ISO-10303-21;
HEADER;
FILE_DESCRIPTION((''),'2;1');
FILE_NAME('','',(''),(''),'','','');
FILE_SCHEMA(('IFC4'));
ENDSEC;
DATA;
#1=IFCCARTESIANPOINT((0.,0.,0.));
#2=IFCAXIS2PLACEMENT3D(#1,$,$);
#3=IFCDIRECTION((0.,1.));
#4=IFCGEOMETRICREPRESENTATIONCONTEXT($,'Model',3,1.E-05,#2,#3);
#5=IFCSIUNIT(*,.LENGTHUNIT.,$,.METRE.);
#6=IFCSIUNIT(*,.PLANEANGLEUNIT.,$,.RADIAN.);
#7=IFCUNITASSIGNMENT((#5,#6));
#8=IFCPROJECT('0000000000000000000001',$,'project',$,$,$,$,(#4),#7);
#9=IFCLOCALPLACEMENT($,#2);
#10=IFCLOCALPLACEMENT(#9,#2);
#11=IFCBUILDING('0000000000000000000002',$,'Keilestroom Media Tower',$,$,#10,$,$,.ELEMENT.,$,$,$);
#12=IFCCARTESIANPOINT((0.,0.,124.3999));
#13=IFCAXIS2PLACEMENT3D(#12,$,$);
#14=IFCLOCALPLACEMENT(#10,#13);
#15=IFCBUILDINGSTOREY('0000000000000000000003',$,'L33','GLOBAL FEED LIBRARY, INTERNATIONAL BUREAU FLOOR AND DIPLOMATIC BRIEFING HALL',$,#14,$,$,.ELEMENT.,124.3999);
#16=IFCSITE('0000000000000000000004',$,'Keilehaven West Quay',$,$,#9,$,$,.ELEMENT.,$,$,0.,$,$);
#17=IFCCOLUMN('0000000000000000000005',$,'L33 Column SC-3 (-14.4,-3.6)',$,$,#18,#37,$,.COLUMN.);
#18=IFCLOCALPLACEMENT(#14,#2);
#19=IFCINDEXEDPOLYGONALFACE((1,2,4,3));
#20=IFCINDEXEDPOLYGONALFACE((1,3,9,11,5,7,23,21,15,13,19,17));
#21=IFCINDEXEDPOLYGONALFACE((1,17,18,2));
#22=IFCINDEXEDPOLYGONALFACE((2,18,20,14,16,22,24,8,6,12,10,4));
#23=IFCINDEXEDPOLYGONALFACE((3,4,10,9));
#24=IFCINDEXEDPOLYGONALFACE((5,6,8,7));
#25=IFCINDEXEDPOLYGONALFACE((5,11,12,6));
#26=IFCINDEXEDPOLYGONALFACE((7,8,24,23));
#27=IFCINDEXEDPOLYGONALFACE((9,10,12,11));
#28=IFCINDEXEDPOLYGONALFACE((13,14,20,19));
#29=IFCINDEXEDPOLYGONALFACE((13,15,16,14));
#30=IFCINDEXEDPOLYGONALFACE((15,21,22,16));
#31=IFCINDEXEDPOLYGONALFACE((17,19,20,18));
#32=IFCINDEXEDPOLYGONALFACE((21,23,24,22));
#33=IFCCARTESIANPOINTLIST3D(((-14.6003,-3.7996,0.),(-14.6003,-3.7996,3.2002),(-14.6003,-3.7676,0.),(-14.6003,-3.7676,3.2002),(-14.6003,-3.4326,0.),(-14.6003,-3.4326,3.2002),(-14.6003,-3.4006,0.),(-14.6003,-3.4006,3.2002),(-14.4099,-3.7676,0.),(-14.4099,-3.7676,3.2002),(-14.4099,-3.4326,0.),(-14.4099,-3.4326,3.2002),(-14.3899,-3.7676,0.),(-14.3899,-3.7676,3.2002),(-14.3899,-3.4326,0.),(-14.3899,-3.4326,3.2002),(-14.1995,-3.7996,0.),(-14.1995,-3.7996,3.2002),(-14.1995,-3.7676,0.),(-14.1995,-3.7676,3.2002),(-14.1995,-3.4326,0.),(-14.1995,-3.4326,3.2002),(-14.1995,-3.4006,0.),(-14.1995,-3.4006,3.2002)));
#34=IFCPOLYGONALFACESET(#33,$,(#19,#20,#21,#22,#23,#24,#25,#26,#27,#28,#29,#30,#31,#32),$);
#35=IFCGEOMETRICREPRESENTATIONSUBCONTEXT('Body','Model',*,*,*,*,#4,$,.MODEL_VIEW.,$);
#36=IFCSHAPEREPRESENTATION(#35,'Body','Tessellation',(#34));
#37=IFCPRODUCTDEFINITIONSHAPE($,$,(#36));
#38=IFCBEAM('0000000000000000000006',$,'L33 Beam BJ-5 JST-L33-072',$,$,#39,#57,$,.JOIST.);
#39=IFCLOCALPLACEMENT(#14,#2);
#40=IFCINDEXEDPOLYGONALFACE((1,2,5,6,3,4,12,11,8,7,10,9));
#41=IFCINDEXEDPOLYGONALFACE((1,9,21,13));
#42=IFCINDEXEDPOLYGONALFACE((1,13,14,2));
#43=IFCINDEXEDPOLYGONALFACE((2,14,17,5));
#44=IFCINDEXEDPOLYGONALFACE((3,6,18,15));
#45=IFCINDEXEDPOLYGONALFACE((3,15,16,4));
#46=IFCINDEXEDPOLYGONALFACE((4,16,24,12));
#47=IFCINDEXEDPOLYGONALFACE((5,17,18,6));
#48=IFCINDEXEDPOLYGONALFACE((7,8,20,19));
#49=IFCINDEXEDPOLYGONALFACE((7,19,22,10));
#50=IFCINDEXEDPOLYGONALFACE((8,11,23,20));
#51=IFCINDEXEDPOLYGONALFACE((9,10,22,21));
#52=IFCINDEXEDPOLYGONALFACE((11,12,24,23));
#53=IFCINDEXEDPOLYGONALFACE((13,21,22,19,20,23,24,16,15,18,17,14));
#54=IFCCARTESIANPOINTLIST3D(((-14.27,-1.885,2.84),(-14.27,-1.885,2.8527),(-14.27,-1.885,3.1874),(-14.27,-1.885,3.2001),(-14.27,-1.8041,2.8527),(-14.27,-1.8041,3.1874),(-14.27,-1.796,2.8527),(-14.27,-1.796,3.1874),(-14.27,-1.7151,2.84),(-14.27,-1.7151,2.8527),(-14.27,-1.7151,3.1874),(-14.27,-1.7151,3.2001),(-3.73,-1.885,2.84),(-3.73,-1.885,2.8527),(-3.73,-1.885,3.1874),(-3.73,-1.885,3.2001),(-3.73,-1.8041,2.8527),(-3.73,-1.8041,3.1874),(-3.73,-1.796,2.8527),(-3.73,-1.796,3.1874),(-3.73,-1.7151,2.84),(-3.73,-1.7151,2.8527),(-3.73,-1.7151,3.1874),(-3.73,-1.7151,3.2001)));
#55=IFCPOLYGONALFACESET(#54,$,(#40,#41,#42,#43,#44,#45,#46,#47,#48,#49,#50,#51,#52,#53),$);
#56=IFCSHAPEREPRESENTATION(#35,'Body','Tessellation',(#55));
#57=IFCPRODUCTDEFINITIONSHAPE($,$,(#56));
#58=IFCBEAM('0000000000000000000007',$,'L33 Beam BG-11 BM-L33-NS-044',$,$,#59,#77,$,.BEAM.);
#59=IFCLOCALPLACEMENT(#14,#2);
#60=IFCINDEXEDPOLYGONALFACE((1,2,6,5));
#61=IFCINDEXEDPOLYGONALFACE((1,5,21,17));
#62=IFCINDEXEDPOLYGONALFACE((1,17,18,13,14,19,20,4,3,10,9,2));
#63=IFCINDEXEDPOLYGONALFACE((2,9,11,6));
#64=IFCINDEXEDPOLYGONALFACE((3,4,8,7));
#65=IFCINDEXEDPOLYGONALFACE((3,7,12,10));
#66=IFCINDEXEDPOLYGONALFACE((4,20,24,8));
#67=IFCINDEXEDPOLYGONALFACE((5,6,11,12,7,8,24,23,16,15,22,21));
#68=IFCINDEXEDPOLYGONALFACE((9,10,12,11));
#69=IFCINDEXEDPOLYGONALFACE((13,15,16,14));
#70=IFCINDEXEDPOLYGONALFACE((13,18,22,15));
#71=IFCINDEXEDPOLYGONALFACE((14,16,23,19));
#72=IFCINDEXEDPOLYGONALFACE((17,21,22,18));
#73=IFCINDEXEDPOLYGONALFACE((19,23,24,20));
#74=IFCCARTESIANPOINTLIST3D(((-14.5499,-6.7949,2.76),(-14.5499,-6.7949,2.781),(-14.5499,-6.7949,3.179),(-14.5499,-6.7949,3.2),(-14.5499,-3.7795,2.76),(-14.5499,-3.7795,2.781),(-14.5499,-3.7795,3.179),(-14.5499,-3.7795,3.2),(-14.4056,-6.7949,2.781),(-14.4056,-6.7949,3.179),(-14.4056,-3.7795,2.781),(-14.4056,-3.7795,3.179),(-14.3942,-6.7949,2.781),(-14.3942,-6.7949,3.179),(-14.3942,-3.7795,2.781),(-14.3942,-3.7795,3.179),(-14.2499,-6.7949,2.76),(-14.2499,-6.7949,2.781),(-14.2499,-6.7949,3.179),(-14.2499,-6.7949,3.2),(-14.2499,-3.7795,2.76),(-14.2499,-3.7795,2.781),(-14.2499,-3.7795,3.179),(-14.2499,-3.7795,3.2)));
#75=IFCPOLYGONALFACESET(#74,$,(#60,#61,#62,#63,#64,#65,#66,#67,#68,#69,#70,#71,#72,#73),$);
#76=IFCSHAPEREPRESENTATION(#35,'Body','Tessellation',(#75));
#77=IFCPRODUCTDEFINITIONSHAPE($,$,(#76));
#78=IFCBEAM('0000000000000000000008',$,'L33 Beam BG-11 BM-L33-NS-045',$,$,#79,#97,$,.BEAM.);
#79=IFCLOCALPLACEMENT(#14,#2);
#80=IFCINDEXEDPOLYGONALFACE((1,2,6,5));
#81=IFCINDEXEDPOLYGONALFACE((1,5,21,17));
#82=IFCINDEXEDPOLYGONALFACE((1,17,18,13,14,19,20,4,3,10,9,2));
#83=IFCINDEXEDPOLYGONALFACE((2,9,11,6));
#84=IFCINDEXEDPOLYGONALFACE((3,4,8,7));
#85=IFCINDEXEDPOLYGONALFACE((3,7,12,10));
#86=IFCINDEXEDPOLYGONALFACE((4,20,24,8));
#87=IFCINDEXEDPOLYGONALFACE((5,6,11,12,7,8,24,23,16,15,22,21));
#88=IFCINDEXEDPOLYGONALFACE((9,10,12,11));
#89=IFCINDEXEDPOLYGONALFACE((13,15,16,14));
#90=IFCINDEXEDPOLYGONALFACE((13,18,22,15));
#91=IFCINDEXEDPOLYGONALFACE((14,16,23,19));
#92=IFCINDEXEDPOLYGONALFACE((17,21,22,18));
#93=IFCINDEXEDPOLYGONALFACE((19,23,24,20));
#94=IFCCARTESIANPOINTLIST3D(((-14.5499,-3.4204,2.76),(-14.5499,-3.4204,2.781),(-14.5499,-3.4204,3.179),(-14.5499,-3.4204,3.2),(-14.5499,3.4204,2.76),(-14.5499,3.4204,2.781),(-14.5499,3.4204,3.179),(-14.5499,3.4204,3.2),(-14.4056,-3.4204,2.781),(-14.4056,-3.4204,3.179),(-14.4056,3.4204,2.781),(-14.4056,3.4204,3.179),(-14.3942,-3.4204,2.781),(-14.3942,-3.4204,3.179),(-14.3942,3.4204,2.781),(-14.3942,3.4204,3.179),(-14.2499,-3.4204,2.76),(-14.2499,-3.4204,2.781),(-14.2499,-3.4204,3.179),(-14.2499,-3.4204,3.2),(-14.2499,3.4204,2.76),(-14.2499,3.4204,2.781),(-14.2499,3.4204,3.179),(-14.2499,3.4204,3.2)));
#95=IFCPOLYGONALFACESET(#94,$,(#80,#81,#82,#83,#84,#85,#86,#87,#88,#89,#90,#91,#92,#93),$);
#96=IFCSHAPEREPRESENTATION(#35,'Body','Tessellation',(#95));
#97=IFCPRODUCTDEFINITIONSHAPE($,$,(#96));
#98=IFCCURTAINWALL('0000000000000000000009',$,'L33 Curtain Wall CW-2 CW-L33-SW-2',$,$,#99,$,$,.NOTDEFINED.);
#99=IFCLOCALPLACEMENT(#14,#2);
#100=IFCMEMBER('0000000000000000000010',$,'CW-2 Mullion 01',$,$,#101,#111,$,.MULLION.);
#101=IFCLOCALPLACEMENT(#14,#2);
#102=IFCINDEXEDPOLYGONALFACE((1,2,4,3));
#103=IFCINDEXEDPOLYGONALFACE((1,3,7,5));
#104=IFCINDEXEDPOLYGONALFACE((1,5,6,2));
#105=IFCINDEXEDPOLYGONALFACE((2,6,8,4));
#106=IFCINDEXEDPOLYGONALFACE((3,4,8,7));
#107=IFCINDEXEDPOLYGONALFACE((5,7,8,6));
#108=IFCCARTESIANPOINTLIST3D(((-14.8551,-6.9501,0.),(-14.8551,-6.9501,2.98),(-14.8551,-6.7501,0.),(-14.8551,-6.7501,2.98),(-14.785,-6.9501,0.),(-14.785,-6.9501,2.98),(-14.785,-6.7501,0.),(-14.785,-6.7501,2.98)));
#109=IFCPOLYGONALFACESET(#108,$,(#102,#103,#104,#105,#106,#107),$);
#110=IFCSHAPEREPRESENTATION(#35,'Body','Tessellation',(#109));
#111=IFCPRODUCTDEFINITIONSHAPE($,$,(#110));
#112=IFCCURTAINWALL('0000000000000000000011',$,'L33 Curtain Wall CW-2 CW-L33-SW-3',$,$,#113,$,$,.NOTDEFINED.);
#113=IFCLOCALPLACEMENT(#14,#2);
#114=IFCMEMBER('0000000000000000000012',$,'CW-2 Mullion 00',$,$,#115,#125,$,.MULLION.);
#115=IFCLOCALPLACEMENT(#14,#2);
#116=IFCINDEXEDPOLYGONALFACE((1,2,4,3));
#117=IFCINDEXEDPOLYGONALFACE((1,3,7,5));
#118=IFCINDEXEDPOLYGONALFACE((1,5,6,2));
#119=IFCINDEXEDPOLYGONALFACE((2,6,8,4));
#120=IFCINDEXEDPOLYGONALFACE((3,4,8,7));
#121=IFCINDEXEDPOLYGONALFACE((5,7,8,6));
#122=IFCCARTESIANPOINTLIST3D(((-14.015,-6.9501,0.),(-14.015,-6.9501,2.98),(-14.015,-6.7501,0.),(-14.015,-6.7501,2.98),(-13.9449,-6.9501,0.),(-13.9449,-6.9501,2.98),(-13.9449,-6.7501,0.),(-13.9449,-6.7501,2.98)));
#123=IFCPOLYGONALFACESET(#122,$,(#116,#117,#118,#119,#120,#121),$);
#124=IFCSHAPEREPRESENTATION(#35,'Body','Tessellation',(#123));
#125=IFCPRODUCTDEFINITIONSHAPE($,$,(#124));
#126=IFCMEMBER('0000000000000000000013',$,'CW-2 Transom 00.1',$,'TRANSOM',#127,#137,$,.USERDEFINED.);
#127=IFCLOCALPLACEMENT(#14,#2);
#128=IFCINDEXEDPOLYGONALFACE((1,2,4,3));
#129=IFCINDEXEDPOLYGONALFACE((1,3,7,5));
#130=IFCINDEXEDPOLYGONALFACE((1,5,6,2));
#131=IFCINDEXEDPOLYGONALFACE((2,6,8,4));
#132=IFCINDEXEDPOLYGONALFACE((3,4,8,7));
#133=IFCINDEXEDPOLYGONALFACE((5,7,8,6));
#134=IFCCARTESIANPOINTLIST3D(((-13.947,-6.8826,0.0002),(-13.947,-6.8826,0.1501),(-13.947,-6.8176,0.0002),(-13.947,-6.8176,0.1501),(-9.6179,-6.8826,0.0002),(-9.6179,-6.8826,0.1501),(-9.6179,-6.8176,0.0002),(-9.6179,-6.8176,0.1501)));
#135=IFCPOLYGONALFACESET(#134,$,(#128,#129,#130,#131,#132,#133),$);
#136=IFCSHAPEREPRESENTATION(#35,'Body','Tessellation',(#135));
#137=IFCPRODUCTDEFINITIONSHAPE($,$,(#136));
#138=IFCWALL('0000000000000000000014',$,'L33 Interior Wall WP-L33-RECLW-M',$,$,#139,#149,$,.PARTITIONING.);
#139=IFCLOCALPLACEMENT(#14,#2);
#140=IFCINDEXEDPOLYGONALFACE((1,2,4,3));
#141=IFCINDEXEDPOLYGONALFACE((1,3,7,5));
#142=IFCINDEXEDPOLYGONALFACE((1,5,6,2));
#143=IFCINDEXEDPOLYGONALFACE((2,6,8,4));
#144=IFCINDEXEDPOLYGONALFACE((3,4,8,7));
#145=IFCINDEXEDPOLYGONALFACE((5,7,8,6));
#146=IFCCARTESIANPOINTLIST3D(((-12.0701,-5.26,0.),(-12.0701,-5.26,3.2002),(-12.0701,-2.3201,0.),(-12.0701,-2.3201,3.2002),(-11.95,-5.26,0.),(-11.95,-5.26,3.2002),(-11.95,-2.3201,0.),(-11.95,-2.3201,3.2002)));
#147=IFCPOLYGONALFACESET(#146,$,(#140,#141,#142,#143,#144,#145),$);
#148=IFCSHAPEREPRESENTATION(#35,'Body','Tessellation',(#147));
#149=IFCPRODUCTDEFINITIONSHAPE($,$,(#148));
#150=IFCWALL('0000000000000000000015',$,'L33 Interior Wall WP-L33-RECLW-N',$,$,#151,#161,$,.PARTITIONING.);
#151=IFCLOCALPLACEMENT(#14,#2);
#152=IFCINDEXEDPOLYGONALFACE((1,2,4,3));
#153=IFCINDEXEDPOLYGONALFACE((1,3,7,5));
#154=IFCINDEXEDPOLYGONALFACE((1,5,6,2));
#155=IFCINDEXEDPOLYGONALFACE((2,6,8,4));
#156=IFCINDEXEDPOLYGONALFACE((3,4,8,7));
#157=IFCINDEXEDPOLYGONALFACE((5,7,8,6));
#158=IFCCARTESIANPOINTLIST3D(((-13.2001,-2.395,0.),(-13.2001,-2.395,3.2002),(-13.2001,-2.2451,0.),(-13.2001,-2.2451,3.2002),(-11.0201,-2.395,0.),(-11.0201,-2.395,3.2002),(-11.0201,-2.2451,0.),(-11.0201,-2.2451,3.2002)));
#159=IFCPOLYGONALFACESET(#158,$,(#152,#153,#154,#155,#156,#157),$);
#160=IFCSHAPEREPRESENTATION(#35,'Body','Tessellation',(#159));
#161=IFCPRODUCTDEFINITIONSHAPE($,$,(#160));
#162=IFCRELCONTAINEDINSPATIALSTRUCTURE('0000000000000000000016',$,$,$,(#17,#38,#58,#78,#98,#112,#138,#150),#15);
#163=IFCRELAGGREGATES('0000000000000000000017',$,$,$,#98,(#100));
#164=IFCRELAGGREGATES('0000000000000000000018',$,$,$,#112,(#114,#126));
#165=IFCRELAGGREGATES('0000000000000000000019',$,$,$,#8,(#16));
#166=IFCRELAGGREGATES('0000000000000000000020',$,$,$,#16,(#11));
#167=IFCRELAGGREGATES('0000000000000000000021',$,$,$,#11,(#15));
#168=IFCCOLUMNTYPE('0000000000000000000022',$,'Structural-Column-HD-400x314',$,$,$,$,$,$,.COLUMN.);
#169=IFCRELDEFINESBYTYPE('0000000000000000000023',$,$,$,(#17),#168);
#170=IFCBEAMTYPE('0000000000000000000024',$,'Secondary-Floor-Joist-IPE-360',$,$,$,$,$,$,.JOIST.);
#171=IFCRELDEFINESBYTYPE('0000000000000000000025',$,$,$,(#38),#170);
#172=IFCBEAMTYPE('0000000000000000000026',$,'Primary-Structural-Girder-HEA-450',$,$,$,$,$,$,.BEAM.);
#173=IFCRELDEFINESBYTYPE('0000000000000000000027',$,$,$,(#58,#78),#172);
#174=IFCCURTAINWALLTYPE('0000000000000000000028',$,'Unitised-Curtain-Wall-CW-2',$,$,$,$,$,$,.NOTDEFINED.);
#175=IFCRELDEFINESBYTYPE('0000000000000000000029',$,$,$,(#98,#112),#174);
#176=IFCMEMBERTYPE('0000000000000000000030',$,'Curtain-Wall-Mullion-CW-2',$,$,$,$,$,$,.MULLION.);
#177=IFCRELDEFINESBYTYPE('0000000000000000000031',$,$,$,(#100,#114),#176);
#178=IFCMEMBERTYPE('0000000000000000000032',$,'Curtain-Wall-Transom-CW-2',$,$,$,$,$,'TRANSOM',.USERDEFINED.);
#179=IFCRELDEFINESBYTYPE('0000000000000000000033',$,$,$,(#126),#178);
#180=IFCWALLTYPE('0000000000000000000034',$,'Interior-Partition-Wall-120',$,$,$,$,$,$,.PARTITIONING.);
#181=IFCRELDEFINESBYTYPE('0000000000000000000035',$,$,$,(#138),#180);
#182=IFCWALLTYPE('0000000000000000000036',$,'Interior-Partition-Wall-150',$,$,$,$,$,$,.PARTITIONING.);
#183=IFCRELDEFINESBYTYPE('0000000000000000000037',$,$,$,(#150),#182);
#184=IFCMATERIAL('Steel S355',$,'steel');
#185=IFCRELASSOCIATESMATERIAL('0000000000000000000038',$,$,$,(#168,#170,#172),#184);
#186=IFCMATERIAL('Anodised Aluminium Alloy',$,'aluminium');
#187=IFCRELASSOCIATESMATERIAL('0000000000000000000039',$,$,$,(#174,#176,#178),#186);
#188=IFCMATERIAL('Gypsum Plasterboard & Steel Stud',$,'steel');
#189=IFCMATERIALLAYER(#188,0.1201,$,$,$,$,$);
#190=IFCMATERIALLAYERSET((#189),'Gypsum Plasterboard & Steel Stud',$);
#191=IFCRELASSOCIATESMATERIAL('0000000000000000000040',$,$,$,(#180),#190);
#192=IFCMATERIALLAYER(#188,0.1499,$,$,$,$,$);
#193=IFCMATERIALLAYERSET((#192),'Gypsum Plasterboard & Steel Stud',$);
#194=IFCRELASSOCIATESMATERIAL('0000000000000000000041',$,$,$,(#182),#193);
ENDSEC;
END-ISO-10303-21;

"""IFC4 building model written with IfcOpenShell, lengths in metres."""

from ifc_helpers import new_model, si_unit, direction, frame, frame_2d, origin, origin_2d, place, context, subcontext, project, spatial, rectangle, i_section, extrude, source, transform, mapped, material, layer, layer_set, material_profile, profile_set, type_object, element, aggregate, save


model = new_model("IFC4")

# Units and contexts
model_context = context("Model", 3, precision=1e-05, world=origin(), true_north=direction((0.0, 1.0)))
body_context = subcontext(model_context, "Body", "Model", "MODEL_VIEW")
ifc_project = project(units=[si_unit("LENGTHUNIT", "METRE"), si_unit("PLANEANGLEUNIT", "RADIAN")], contexts=[model_context])

# Site, building, storey
site_placement = place(None, origin())
site = spatial("IfcSite", under=ifc_project, at=site_placement, Name="Keilehaven West Quay", CompositionType="ELEMENT", RefElevation=0.0)
building_placement = place(site_placement, origin())
building = spatial("IfcBuilding", under=site, at=building_placement, Name="Keilestroom Media Tower", CompositionType="ELEMENT")
storey_placement = place(building_placement, frame((0.0, 0.0, 124.3999)))
storey = spatial("IfcBuildingStorey", under=building, at=storey_placement, Name="L33", Description="GLOBAL FEED LIBRARY, INTERNATIONAL BUREAU FLOOR AND DIPLOMATIC BRIEFING HALL", CompositionType="ELEMENT", Elevation=124.3999)

# Column
ifc_material_1 = material(Name="Steel S355", Category="steel")
ifc_material_profile_1 = material_profile(ifc_material_1, i_section(OverallWidth=0.4009, OverallDepth=0.3989, WebThickness=0.02, FlangeThickness=0.032, at=origin_2d()), Name="HD 400x314")
ifc_profile_set_1 = profile_set([ifc_material_profile_1], Name="Steel S355")
column_type = type_object("IfcColumnType", Name="Structural-Column-HD-400x314", PredefinedType="COLUMN", material=ifc_profile_set_1)
shared_shape_1 = source(origin(), body_context, "Body", "SweptSolid", [
    extrude(i_section(OverallWidth=0.4009, OverallDepth=0.3989, WebThickness=0.02, FlangeThickness=0.032, at=origin_2d()), origin(), (0.0, 0.0, 1.0), 3.2002),
])
column_placement = place(storey_placement, frame((-14.3999, -3.6001, 0.0), z_axis=(0.0, 0.0, 1.0), x_axis=(1.0, 0.0, 0.0)))
element("IfcColumn", 1, at=column_placement, inside=storey, type_object=column_type, Name="L33 Column SC-3 (-14.4,-3.6)", PredefinedType="COLUMN", context=body_context, shape_type="MappedRepresentation", body=[
    mapped(shared_shape_1, transform((0.0, 0.0, 0.0), x_axis=(1.0, 0.0, 0.0), y_axis=(0.0, 1.0, 0.0), z_axis=(0.0, 0.0, 1.0), scale=1.0)),
])

# Beams
ifc_material_profile_2 = material_profile(ifc_material_1, i_section(OverallWidth=0.1699, OverallDepth=0.3601, WebThickness=0.0081, FlangeThickness=0.0127, at=origin_2d()), Name="IPE 360")
ifc_profile_set_2 = profile_set([ifc_material_profile_2], Name="Steel S355")
beam_type_1 = type_object("IfcBeamType", Name="Secondary-Floor-Joist-IPE-360", PredefinedType="JOIST", material=ifc_profile_set_2)
shared_shape_2 = source(origin(), body_context, "Body", "SweptSolid", [
    extrude(i_section(OverallWidth=0.1699, OverallDepth=0.3601, WebThickness=0.0081, FlangeThickness=0.0127, at=origin_2d()), origin(), (0.0, 0.0, 1.0), 10.54),
])
beam_1_placement = place(storey_placement, frame((-14.27, -1.8, 3.02), z_axis=(1.0, 0.0, 0.0), x_axis=(0.0, 1.0, 0.0)))
element("IfcBeam", 2, at=beam_1_placement, inside=storey, type_object=beam_type_1, Name="L33 Beam BJ-5 JST-L33-072", PredefinedType="JOIST", context=body_context, shape_type="MappedRepresentation", body=[
    mapped(shared_shape_2, transform((0.0, 0.0, 0.0), x_axis=(1.0, 0.0, 0.0), y_axis=(0.0, 1.0, 0.0), z_axis=(0.0, 0.0, 1.0), scale=1.0)),
])
ifc_material_profile_3 = material_profile(ifc_material_1, i_section(OverallWidth=0.3, OverallDepth=0.4399, WebThickness=0.0115, FlangeThickness=0.021, at=origin_2d()), Name="HEA 450")
ifc_profile_set_3 = profile_set([ifc_material_profile_3], Name="Steel S355")
beam_type_2 = type_object("IfcBeamType", Name="Primary-Structural-Girder-HEA-450", PredefinedType="BEAM", material=ifc_profile_set_3)
shared_shape_3 = source(origin(), body_context, "Body", "SweptSolid", [
    extrude(i_section(OverallWidth=0.3, OverallDepth=0.4399, WebThickness=0.0115, FlangeThickness=0.021, at=origin_2d()), origin(), (0.0, 0.0, 1.0), 3.0154),
])
beam_2_placement = place(storey_placement, frame((-14.3999, -6.7949, 2.98), z_axis=(0.0, 1.0, 0.0), x_axis=(-1.0, 0.0, 0.0)))
element("IfcBeam", 3, at=beam_2_placement, inside=storey, type_object=beam_type_2, Name="L33 Beam BG-11 BM-L33-NS-044", PredefinedType="BEAM", context=body_context, shape_type="MappedRepresentation", body=[
    mapped(shared_shape_3, transform((0.0, 0.0, 0.0), x_axis=(1.0, 0.0, 0.0), y_axis=(0.0, 1.0, 0.0), z_axis=(0.0, 0.0, 1.0), scale=1.0)),
])
shared_shape_4 = source(origin(), body_context, "Body", "SweptSolid", [
    extrude(i_section(OverallWidth=0.3, OverallDepth=0.4399, WebThickness=0.0115, FlangeThickness=0.021, at=origin_2d()), origin(), (0.0, 0.0, 1.0), 6.8408),
])
beam_3_placement = place(storey_placement, frame((-14.3999, -3.4204, 2.98), z_axis=(0.0, 1.0, 0.0), x_axis=(-1.0, 0.0, 0.0)))
element("IfcBeam", 4, at=beam_3_placement, inside=storey, type_object=beam_type_2, Name="L33 Beam BG-11 BM-L33-NS-045", PredefinedType="BEAM", context=body_context, shape_type="MappedRepresentation", body=[
    mapped(shared_shape_4, transform((0.0, 0.0, 0.0), x_axis=(1.0, 0.0, 0.0), y_axis=(0.0, 1.0, 0.0), z_axis=(0.0, 0.0, 1.0), scale=1.0)),
])

# Curtain wall, member
ifc_material_2 = material(Name="Anodised Aluminium Alloy", Category="aluminium")
curtain_wall_type = type_object("IfcCurtainWallType", Name="Unitised-Curtain-Wall-CW-2", PredefinedType="NOTDEFINED", material=ifc_material_2)
curtain_wall_1_placement = place(storey_placement, origin())
curtain_wall_1 = element("IfcCurtainWall", 5, at=curtain_wall_1_placement, inside=storey, type_object=curtain_wall_type, Name="L33 Curtain Wall CW-2 CW-L33-SW-2", PredefinedType="NOTDEFINED")
ifc_material_profile_4 = material_profile(ifc_material_2, rectangle(XDim=0.0701, YDim=0.2, at=origin_2d()), Name="ALU MULLION 70x200")
ifc_profile_set_4 = profile_set([ifc_material_profile_4], Name="Anodised Aluminium Alloy")
member_type_1 = type_object("IfcMemberType", Name="Curtain-Wall-Mullion-CW-2", PredefinedType="MULLION", material=ifc_profile_set_4)
shared_shape_5 = source(origin(), body_context, "Body", "SweptSolid", [
    extrude(rectangle(XDim=0.0701, YDim=0.2, at=origin_2d()), origin(), (0.0, 0.0, 1.0), 2.98),
])
member_1_placement = place(storey_placement, frame((-14.8201, -6.8501, 0.0), z_axis=(0.0, 0.0, 1.0), x_axis=(1.0, 0.0, 0.0)))
member_1 = element("IfcMember", 6, at=member_1_placement, type_object=member_type_1, Name="CW-2 Mullion 01", PredefinedType="MULLION", context=body_context, shape_type="MappedRepresentation", body=[
    mapped(shared_shape_5, transform((0.0, 0.0, 0.0), x_axis=(1.0, 0.0, 0.0), y_axis=(0.0, 1.0, 0.0), z_axis=(0.0, 0.0, 1.0), scale=1.0)),
])
aggregate(curtain_wall_1, [member_1])

# Curtain wall, members
curtain_wall_2_placement = place(storey_placement, origin())
curtain_wall_2 = element("IfcCurtainWall", 7, at=curtain_wall_2_placement, inside=storey, type_object=curtain_wall_type, Name="L33 Curtain Wall CW-2 CW-L33-SW-3", PredefinedType="NOTDEFINED")
member_2_placement = place(storey_placement, frame((-13.98, -6.8501, 0.0), z_axis=(0.0, 0.0, 1.0), x_axis=(1.0, 0.0, 0.0)))
member_2 = element("IfcMember", 8, at=member_2_placement, type_object=member_type_1, Name="CW-2 Mullion 00", PredefinedType="MULLION", context=body_context, shape_type="MappedRepresentation", body=[
    mapped(shared_shape_5, transform((0.0, 0.0, 0.0), x_axis=(1.0, 0.0, 0.0), y_axis=(0.0, 1.0, 0.0), z_axis=(0.0, 0.0, 1.0), scale=1.0)),
])
ifc_material_profile_5 = material_profile(ifc_material_2, rectangle(XDim=0.0649, YDim=0.1499, at=origin_2d()), Name="ALU TRANSOM 65x150")
ifc_profile_set_5 = profile_set([ifc_material_profile_5], Name="Anodised Aluminium Alloy")
member_type_2 = type_object("IfcMemberType", Name="Curtain-Wall-Transom-CW-2", ElementType="TRANSOM", PredefinedType="USERDEFINED", material=ifc_profile_set_5)
shared_shape_6 = source(origin(), body_context, "Body", "SweptSolid", [
    extrude(rectangle(XDim=0.0649, YDim=0.1499, at=origin_2d()), origin(), (0.0, 0.0, 1.0), 4.3291),
])
member_3_placement = place(storey_placement, frame((-13.947, -6.8501, 0.0752), z_axis=(1.0, 0.0, 0.0), x_axis=(0.0, 1.0, 0.0)))
member_3 = element("IfcMember", 9, at=member_3_placement, type_object=member_type_2, Name="CW-2 Transom 00.1", ObjectType="TRANSOM", PredefinedType="USERDEFINED", context=body_context, shape_type="MappedRepresentation", body=[
    mapped(shared_shape_6, transform((0.0, 0.0, 0.0), x_axis=(1.0, 0.0, 0.0), y_axis=(0.0, 1.0, 0.0), z_axis=(0.0, 0.0, 1.0), scale=1.0)),
])
aggregate(curtain_wall_2, [member_2, member_3])

# Walls
ifc_material_3 = material(Name="Gypsum Plasterboard & Steel Stud", Category="steel")
ifc_layer_1 = layer(ifc_material_3, 0.1201)
ifc_layer_set_1 = layer_set([ifc_layer_1], Name="Gypsum Plasterboard & Steel Stud")
wall_type_1 = type_object("IfcWallType", Name="Interior-Partition-Wall-120", PredefinedType="PARTITIONING", material=ifc_layer_set_1)
wall_1_placement = place(storey_placement, frame((-12.01, -5.26, 0.0), z_axis=(0.0, 0.0, 1.0), x_axis=(0.0, 1.0, 0.0)))
element("IfcWall", 10, at=wall_1_placement, inside=storey, type_object=wall_type_1, Name="L33 Interior Wall WP-L33-RECLW-M", PredefinedType="PARTITIONING", context=body_context, shape_type="SweptSolid", body=[
    extrude(rectangle(XDim=2.9399, YDim=0.1201, at=frame_2d((1.47, 0.0))), origin(), (0.0, 0.0, 1.0), 3.2002),
])
ifc_layer_2 = layer(ifc_material_3, 0.1499)
ifc_layer_set_2 = layer_set([ifc_layer_2], Name="Gypsum Plasterboard & Steel Stud")
wall_type_2 = type_object("IfcWallType", Name="Interior-Partition-Wall-150", PredefinedType="PARTITIONING", material=ifc_layer_set_2)
wall_2_placement = place(storey_placement, frame((-13.2, -2.3201, 0.0), z_axis=(0.0, 0.0, 1.0), x_axis=(1.0, 0.0, 0.0)))
element("IfcWall", 11, at=wall_2_placement, inside=storey, type_object=wall_type_2, Name="L33 Interior Wall WP-L33-RECLW-N", PredefinedType="PARTITIONING", context=body_context, shape_type="SweptSolid", body=[
    extrude(rectangle(XDim=2.1799, YDim=0.1499, at=frame_2d((1.0898, 0.0))), origin(), (0.0, 0.0, 1.0), 3.2002),
])

save(model, "model.ifc")
